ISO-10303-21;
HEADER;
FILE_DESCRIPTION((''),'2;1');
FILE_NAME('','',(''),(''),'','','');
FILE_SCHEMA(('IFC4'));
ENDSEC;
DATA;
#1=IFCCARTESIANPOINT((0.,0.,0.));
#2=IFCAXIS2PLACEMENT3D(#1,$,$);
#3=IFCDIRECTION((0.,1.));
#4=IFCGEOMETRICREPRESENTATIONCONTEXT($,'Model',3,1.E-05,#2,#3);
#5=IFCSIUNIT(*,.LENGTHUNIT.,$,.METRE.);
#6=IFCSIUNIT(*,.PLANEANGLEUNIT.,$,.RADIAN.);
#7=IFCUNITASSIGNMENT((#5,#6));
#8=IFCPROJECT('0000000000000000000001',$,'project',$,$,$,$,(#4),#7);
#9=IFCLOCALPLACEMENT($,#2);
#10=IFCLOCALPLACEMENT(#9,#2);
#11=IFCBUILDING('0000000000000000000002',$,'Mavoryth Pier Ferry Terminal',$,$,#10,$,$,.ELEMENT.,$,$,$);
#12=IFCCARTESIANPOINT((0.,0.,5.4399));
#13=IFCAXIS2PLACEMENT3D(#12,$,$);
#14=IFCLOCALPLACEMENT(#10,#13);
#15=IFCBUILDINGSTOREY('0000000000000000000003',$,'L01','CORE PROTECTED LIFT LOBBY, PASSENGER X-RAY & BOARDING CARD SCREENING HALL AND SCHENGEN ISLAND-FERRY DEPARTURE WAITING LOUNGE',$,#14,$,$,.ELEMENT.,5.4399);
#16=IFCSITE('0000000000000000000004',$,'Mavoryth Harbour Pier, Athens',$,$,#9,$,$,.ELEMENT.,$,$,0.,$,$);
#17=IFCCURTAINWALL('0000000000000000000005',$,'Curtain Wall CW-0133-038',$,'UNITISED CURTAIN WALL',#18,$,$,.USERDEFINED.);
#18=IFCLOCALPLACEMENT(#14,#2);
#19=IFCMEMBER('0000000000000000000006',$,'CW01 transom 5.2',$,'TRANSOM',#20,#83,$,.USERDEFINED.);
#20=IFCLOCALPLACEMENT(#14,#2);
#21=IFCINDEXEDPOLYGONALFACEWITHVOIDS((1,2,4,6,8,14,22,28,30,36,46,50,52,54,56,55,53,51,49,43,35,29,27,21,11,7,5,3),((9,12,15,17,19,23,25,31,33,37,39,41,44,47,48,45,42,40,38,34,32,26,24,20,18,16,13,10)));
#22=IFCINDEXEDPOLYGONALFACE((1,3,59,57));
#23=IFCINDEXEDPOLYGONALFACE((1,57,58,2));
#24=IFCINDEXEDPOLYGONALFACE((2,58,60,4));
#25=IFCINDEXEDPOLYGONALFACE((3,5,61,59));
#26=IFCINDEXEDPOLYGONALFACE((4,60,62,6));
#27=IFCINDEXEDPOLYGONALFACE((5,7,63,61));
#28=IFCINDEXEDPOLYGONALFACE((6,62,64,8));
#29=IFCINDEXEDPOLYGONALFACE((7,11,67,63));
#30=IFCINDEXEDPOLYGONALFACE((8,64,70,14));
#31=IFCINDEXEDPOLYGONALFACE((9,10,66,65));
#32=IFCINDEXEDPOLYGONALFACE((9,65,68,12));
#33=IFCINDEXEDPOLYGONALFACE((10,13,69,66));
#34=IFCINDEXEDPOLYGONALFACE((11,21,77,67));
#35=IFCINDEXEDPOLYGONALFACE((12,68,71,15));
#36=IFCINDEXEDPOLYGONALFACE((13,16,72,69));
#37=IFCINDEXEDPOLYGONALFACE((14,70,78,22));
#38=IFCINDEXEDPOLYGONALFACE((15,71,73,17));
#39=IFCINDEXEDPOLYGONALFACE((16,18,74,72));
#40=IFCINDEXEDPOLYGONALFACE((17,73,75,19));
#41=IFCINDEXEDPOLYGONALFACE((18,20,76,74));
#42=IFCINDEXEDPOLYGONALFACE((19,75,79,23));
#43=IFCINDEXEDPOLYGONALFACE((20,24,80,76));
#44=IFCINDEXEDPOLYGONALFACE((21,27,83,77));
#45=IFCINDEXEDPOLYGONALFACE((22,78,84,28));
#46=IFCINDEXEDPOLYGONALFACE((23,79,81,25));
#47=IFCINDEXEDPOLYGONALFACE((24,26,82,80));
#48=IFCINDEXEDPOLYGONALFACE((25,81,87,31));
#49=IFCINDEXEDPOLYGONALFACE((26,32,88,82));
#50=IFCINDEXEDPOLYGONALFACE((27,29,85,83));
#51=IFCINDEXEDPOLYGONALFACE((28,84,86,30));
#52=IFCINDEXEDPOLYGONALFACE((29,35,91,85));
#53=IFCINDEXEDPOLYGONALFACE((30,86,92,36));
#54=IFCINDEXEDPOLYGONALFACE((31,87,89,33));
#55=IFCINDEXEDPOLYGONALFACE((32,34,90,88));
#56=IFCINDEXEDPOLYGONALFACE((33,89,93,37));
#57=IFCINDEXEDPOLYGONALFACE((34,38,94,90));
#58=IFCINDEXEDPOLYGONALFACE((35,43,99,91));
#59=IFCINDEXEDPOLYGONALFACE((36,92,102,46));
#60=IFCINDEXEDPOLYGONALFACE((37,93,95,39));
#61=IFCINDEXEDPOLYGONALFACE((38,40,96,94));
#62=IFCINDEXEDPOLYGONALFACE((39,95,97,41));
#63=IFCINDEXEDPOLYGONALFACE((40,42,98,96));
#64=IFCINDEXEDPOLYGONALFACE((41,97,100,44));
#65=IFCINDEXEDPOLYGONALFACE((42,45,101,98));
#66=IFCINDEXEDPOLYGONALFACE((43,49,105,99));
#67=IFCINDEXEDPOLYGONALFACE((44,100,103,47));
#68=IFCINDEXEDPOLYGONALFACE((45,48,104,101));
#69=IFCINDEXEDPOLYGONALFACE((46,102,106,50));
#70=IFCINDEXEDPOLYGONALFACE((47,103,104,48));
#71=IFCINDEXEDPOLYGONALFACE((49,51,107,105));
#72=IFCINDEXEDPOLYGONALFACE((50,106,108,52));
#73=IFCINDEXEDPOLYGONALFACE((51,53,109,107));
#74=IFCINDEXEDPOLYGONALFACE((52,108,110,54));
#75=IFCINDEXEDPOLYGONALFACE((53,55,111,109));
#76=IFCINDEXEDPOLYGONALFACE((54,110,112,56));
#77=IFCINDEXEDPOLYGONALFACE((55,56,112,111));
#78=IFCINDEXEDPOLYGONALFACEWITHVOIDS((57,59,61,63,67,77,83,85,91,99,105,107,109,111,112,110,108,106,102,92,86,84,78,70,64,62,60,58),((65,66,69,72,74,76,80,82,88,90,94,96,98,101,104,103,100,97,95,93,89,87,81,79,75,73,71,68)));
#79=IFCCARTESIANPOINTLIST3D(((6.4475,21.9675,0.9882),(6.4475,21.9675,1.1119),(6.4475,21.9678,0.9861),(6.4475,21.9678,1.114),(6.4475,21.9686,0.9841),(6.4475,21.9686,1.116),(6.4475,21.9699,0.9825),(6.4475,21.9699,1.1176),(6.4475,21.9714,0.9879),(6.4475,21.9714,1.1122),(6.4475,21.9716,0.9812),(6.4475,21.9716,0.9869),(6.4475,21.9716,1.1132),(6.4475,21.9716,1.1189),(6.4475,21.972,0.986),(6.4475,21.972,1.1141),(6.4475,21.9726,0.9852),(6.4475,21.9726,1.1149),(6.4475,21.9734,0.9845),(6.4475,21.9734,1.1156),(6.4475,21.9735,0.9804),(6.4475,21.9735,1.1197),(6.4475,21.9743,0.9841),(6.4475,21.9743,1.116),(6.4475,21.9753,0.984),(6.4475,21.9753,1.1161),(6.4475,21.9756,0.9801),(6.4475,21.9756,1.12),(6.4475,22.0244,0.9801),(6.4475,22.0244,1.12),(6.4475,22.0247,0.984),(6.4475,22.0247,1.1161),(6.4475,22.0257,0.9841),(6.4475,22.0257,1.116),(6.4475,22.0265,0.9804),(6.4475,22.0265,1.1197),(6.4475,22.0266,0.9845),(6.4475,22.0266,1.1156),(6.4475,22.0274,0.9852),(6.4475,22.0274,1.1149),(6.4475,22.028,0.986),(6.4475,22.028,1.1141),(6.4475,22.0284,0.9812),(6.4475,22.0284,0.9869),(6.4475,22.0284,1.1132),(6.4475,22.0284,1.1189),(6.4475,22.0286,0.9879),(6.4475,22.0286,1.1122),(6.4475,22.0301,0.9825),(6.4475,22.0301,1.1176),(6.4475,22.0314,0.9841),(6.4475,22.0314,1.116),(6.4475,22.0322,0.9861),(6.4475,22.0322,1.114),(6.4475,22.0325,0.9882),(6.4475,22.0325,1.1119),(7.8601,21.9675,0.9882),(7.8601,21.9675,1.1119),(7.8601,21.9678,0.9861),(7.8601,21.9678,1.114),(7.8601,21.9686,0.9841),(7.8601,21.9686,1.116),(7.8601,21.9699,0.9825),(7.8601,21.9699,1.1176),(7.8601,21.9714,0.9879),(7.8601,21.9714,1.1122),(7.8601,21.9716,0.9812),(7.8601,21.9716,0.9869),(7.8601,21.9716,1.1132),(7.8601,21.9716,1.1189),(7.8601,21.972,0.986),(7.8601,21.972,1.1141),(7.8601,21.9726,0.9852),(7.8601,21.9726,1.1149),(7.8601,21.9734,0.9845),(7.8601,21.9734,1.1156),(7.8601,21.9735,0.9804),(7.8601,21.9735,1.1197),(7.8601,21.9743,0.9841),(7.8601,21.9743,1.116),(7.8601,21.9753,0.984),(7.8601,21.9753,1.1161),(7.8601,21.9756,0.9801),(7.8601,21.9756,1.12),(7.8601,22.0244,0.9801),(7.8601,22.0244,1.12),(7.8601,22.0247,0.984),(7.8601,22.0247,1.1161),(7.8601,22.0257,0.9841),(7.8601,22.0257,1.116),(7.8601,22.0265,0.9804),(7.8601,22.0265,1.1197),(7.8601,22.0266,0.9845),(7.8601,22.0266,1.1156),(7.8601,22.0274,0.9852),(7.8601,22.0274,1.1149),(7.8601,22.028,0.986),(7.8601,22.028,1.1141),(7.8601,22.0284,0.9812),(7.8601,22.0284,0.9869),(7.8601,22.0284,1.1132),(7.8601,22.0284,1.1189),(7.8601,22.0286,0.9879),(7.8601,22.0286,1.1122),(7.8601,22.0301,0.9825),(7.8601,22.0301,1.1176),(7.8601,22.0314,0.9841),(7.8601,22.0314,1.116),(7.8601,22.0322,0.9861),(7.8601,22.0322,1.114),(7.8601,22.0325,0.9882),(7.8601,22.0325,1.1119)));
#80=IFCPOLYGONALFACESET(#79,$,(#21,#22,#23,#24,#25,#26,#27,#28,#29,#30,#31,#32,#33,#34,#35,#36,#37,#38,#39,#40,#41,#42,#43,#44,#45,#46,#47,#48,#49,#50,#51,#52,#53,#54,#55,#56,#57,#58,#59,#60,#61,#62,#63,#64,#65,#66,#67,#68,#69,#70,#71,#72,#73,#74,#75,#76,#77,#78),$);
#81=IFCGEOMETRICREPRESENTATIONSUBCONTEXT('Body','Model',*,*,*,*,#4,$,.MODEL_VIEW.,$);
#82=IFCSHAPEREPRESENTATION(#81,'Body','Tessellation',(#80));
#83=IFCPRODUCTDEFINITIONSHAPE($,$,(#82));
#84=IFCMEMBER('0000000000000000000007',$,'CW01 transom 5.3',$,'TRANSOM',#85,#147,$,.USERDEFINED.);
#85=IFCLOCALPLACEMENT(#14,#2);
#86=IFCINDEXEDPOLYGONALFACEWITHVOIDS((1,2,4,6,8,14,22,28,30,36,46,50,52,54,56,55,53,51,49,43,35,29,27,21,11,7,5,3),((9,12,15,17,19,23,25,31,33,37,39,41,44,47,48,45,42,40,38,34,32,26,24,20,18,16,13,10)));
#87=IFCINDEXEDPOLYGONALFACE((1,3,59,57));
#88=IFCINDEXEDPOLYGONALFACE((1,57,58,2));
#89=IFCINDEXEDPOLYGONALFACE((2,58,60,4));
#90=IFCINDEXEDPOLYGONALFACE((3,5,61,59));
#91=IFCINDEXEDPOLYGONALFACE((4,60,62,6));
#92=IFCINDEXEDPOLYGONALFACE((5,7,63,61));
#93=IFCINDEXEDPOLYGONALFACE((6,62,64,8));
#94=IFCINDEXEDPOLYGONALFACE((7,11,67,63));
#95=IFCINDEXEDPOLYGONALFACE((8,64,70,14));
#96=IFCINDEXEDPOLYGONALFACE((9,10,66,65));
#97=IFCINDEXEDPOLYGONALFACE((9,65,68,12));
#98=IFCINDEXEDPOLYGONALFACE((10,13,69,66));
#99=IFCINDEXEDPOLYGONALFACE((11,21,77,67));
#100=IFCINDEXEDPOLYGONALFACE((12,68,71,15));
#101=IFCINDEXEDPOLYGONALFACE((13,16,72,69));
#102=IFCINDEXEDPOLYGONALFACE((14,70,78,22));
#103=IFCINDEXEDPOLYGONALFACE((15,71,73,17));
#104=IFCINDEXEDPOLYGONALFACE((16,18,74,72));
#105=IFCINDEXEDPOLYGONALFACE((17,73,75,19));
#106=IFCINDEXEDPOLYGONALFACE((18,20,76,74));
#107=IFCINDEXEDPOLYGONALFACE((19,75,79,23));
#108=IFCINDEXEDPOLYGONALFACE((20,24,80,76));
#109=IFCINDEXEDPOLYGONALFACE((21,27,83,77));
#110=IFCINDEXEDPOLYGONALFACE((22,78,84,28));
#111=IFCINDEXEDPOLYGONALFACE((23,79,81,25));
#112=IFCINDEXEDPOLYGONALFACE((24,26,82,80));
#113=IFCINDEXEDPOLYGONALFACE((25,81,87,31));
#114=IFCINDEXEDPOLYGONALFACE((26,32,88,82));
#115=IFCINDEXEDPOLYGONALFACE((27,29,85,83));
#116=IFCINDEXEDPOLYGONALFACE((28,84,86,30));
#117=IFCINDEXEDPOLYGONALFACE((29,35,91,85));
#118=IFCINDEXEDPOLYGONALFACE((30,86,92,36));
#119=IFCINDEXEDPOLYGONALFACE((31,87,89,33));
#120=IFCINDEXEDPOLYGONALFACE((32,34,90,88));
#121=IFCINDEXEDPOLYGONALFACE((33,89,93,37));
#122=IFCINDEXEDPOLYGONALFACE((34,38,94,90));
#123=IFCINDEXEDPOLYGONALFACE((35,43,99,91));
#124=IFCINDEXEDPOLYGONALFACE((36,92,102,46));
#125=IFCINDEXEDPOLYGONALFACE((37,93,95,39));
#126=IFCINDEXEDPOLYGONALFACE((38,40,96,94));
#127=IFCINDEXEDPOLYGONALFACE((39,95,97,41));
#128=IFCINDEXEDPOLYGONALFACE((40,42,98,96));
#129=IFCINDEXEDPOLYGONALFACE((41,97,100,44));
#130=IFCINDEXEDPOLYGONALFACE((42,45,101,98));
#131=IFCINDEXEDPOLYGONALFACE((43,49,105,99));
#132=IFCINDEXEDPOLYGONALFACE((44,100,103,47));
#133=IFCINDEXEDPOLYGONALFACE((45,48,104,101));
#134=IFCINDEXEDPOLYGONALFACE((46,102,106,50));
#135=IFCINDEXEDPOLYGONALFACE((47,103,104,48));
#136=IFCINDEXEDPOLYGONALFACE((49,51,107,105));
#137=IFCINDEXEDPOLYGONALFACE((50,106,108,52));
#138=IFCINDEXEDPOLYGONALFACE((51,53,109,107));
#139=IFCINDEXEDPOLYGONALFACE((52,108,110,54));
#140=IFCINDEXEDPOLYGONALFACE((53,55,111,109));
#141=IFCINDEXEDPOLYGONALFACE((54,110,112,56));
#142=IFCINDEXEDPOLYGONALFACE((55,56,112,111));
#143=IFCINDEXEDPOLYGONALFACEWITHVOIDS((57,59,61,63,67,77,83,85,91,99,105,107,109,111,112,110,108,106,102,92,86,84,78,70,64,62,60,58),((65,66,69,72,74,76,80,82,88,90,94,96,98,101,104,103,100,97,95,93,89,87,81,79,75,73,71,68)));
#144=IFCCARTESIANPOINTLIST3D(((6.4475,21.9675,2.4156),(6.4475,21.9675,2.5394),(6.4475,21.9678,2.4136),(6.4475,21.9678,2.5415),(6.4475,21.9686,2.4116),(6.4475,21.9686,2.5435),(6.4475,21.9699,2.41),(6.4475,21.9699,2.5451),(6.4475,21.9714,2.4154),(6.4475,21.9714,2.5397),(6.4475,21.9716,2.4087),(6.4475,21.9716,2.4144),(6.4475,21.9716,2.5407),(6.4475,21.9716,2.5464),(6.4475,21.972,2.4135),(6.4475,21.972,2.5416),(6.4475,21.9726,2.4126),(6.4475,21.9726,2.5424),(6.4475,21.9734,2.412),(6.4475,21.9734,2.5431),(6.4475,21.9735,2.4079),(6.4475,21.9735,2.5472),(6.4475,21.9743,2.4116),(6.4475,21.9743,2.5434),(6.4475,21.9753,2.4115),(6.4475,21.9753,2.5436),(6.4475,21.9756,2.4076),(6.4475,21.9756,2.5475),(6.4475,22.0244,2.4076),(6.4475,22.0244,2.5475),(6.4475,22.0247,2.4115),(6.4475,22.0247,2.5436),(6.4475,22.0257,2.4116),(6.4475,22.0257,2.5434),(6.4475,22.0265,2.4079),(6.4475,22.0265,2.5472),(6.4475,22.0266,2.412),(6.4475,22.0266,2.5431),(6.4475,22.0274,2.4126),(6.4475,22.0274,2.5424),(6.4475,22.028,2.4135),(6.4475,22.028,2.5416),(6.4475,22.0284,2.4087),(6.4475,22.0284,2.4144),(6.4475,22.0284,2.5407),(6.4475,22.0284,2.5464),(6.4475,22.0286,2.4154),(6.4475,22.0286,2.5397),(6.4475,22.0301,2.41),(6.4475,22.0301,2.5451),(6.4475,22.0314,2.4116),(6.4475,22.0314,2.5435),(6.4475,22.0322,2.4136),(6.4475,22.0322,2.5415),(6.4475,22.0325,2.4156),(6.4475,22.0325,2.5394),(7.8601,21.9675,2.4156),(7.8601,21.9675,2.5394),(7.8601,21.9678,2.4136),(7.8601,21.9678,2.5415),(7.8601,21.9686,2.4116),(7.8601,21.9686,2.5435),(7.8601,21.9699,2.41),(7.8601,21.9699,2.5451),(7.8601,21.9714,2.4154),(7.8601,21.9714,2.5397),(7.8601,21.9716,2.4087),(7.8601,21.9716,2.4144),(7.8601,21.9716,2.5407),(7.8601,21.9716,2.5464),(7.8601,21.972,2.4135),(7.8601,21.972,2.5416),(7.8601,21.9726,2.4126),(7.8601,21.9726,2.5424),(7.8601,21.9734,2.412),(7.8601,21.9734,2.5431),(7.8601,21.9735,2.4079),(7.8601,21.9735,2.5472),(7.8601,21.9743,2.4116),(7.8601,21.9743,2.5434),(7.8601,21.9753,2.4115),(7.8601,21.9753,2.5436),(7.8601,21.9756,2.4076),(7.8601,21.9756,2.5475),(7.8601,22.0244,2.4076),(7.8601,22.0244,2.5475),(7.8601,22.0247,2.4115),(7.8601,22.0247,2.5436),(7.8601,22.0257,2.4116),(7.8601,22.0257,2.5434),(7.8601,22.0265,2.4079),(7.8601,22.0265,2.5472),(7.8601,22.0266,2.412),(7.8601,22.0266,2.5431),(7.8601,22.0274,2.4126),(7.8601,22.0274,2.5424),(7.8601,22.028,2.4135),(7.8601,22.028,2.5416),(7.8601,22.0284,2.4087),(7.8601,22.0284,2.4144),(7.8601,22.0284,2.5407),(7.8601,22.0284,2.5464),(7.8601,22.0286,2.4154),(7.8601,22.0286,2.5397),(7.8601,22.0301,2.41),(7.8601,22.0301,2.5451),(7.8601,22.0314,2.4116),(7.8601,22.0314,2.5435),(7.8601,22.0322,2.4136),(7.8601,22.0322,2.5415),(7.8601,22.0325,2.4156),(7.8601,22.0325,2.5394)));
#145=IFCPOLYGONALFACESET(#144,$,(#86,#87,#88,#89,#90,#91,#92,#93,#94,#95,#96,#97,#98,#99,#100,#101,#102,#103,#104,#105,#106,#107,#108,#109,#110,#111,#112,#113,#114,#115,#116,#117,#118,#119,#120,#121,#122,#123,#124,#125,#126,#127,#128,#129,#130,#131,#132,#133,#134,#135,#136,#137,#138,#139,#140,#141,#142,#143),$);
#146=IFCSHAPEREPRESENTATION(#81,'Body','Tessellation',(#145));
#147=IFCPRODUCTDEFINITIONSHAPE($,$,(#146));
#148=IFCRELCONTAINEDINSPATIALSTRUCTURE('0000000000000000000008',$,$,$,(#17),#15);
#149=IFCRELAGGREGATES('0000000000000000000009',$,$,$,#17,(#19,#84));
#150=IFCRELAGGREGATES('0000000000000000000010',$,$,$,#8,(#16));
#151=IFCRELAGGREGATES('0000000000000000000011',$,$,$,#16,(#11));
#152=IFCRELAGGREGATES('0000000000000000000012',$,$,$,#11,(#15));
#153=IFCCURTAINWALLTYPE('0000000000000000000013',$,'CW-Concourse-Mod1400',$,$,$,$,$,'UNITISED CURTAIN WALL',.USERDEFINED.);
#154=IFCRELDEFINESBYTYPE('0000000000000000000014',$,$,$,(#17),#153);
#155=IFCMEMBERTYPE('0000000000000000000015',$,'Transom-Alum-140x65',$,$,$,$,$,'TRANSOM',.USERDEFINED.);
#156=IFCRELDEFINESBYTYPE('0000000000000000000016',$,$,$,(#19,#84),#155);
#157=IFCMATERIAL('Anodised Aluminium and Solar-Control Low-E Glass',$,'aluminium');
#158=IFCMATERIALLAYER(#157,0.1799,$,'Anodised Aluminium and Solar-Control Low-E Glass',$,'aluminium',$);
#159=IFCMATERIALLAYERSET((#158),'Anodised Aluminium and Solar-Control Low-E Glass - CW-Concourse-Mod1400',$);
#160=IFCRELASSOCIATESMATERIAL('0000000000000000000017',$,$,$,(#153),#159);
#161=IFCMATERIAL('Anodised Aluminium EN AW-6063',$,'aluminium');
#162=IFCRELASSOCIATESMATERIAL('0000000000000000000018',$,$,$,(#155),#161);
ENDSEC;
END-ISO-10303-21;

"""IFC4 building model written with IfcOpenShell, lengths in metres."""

from ifc_helpers import new_model, si_unit, direction, frame, origin, origin_2d, place, context, subcontext, project, spatial, hollow_rectangle, extrude, material, layer, layer_set, material_profile, profile_set, type_object, element, aggregate, save


model = new_model("IFC4")

# Units and contexts
model_context = context("Model", 3, precision=1e-05, world=origin(), true_north=direction((0.0, 1.0)))
body_context = subcontext(model_context, "Body", "Model", "MODEL_VIEW")
ifc_project = project(units=[si_unit("LENGTHUNIT", "METRE"), si_unit("PLANEANGLEUNIT", "RADIAN")], contexts=[model_context])

# Site, building, storey
site_placement = place(None, origin())
site = spatial("IfcSite", under=ifc_project, at=site_placement, Name="Mavoryth Harbour Pier, Athens", CompositionType="ELEMENT", RefElevation=0.0)
building_placement = place(site_placement, origin())
building = spatial("IfcBuilding", under=site, at=building_placement, Name="Mavoryth Pier Ferry Terminal", CompositionType="ELEMENT")
storey_placement = place(building_placement, frame((0.0, 0.0, 5.4399)))
storey = spatial("IfcBuildingStorey", under=building, at=storey_placement, Name="L01", Description="CORE PROTECTED LIFT LOBBY, PASSENGER X-RAY & BOARDING CARD SCREENING HALL AND SCHENGEN ISLAND-FERRY DEPARTURE WAITING LOUNGE", CompositionType="ELEMENT", Elevation=5.4399)

# Curtain wall
ifc_material_1 = material(Name="Anodised Aluminium and Solar-Control Low-E Glass", Category="aluminium")
ifc_layer_1 = layer(ifc_material_1, 0.1799, Name="Anodised Aluminium and Solar-Control Low-E Glass", Category="aluminium")
ifc_layer_set_1 = layer_set([ifc_layer_1], Name="Anodised Aluminium and Solar-Control Low-E Glass - CW-Concourse-Mod1400")
curtain_wall_type = type_object("IfcCurtainWallType", Name="CW-Concourse-Mod1400", ElementType="UNITISED CURTAIN WALL", PredefinedType="USERDEFINED", material=ifc_layer_set_1)
curtain_wall_1_placement = place(storey_placement, origin())
curtain_wall_1 = element("IfcCurtainWall", 1, at=curtain_wall_1_placement, inside=storey, type_object=curtain_wall_type, Name="Curtain Wall CW-0133-038", ObjectType="UNITISED CURTAIN WALL", PredefinedType="USERDEFINED")
ifc_material_2 = material(Name="Anodised Aluminium EN AW-6063", Category="aluminium")

# Members
ifc_material_profile_1 = material_profile(ifc_material_2, hollow_rectangle(XDim=0.0649, YDim=0.1399, WallThickness=0.0039, InnerFilletRadius=0.0039, OuterFilletRadius=0.0081, at=origin_2d()), Name="AL-TRAN 140x65x4", Category="aluminium")
ifc_profile_set_1 = profile_set([ifc_material_profile_1], Name="Anodised Aluminium EN AW-6063 - AL-TRAN 140x65x4")
member_type_1 = type_object("IfcMemberType", Name="Transom-Alum-140x65", ElementType="TRANSOM", PredefinedType="USERDEFINED", material=ifc_profile_set_1)
member_1_placement = place(storey_placement, frame((6.4475, 22.0, 1.05), z_axis=(1.0, 0.0, 0.0), x_axis=(0.0, 1.0, 0.0)))
member_1 = element("IfcMember", 2, at=member_1_placement, type_object=member_type_1, Name="CW01 transom 5.2", ObjectType="TRANSOM", PredefinedType="USERDEFINED", context=body_context, shape_type="SweptSolid", body=[
    extrude(hollow_rectangle(XDim=0.0649, YDim=0.1399, WallThickness=0.0039, InnerFilletRadius=0.0039, OuterFilletRadius=0.0081, at=origin_2d()), origin(), (0.0, 0.0, 1.0), 1.4126),
])
member_2_placement = place(storey_placement, frame((6.4475, 22.0, 2.4775), z_axis=(1.0, 0.0, 0.0), x_axis=(0.0, 1.0, 0.0)))
member_2 = element("IfcMember", 3, at=member_2_placement, type_object=member_type_1, Name="CW01 transom 5.3", ObjectType="TRANSOM", PredefinedType="USERDEFINED", context=body_context, shape_type="SweptSolid", body=[
    extrude(hollow_rectangle(XDim=0.0649, YDim=0.1399, WallThickness=0.0039, InnerFilletRadius=0.0039, OuterFilletRadius=0.0081, at=origin_2d()), origin(), (0.0, 0.0, 1.0), 1.4126),
])

aggregate(curtain_wall_1, [member_1, member_2])

save(model, "model.ifc")
